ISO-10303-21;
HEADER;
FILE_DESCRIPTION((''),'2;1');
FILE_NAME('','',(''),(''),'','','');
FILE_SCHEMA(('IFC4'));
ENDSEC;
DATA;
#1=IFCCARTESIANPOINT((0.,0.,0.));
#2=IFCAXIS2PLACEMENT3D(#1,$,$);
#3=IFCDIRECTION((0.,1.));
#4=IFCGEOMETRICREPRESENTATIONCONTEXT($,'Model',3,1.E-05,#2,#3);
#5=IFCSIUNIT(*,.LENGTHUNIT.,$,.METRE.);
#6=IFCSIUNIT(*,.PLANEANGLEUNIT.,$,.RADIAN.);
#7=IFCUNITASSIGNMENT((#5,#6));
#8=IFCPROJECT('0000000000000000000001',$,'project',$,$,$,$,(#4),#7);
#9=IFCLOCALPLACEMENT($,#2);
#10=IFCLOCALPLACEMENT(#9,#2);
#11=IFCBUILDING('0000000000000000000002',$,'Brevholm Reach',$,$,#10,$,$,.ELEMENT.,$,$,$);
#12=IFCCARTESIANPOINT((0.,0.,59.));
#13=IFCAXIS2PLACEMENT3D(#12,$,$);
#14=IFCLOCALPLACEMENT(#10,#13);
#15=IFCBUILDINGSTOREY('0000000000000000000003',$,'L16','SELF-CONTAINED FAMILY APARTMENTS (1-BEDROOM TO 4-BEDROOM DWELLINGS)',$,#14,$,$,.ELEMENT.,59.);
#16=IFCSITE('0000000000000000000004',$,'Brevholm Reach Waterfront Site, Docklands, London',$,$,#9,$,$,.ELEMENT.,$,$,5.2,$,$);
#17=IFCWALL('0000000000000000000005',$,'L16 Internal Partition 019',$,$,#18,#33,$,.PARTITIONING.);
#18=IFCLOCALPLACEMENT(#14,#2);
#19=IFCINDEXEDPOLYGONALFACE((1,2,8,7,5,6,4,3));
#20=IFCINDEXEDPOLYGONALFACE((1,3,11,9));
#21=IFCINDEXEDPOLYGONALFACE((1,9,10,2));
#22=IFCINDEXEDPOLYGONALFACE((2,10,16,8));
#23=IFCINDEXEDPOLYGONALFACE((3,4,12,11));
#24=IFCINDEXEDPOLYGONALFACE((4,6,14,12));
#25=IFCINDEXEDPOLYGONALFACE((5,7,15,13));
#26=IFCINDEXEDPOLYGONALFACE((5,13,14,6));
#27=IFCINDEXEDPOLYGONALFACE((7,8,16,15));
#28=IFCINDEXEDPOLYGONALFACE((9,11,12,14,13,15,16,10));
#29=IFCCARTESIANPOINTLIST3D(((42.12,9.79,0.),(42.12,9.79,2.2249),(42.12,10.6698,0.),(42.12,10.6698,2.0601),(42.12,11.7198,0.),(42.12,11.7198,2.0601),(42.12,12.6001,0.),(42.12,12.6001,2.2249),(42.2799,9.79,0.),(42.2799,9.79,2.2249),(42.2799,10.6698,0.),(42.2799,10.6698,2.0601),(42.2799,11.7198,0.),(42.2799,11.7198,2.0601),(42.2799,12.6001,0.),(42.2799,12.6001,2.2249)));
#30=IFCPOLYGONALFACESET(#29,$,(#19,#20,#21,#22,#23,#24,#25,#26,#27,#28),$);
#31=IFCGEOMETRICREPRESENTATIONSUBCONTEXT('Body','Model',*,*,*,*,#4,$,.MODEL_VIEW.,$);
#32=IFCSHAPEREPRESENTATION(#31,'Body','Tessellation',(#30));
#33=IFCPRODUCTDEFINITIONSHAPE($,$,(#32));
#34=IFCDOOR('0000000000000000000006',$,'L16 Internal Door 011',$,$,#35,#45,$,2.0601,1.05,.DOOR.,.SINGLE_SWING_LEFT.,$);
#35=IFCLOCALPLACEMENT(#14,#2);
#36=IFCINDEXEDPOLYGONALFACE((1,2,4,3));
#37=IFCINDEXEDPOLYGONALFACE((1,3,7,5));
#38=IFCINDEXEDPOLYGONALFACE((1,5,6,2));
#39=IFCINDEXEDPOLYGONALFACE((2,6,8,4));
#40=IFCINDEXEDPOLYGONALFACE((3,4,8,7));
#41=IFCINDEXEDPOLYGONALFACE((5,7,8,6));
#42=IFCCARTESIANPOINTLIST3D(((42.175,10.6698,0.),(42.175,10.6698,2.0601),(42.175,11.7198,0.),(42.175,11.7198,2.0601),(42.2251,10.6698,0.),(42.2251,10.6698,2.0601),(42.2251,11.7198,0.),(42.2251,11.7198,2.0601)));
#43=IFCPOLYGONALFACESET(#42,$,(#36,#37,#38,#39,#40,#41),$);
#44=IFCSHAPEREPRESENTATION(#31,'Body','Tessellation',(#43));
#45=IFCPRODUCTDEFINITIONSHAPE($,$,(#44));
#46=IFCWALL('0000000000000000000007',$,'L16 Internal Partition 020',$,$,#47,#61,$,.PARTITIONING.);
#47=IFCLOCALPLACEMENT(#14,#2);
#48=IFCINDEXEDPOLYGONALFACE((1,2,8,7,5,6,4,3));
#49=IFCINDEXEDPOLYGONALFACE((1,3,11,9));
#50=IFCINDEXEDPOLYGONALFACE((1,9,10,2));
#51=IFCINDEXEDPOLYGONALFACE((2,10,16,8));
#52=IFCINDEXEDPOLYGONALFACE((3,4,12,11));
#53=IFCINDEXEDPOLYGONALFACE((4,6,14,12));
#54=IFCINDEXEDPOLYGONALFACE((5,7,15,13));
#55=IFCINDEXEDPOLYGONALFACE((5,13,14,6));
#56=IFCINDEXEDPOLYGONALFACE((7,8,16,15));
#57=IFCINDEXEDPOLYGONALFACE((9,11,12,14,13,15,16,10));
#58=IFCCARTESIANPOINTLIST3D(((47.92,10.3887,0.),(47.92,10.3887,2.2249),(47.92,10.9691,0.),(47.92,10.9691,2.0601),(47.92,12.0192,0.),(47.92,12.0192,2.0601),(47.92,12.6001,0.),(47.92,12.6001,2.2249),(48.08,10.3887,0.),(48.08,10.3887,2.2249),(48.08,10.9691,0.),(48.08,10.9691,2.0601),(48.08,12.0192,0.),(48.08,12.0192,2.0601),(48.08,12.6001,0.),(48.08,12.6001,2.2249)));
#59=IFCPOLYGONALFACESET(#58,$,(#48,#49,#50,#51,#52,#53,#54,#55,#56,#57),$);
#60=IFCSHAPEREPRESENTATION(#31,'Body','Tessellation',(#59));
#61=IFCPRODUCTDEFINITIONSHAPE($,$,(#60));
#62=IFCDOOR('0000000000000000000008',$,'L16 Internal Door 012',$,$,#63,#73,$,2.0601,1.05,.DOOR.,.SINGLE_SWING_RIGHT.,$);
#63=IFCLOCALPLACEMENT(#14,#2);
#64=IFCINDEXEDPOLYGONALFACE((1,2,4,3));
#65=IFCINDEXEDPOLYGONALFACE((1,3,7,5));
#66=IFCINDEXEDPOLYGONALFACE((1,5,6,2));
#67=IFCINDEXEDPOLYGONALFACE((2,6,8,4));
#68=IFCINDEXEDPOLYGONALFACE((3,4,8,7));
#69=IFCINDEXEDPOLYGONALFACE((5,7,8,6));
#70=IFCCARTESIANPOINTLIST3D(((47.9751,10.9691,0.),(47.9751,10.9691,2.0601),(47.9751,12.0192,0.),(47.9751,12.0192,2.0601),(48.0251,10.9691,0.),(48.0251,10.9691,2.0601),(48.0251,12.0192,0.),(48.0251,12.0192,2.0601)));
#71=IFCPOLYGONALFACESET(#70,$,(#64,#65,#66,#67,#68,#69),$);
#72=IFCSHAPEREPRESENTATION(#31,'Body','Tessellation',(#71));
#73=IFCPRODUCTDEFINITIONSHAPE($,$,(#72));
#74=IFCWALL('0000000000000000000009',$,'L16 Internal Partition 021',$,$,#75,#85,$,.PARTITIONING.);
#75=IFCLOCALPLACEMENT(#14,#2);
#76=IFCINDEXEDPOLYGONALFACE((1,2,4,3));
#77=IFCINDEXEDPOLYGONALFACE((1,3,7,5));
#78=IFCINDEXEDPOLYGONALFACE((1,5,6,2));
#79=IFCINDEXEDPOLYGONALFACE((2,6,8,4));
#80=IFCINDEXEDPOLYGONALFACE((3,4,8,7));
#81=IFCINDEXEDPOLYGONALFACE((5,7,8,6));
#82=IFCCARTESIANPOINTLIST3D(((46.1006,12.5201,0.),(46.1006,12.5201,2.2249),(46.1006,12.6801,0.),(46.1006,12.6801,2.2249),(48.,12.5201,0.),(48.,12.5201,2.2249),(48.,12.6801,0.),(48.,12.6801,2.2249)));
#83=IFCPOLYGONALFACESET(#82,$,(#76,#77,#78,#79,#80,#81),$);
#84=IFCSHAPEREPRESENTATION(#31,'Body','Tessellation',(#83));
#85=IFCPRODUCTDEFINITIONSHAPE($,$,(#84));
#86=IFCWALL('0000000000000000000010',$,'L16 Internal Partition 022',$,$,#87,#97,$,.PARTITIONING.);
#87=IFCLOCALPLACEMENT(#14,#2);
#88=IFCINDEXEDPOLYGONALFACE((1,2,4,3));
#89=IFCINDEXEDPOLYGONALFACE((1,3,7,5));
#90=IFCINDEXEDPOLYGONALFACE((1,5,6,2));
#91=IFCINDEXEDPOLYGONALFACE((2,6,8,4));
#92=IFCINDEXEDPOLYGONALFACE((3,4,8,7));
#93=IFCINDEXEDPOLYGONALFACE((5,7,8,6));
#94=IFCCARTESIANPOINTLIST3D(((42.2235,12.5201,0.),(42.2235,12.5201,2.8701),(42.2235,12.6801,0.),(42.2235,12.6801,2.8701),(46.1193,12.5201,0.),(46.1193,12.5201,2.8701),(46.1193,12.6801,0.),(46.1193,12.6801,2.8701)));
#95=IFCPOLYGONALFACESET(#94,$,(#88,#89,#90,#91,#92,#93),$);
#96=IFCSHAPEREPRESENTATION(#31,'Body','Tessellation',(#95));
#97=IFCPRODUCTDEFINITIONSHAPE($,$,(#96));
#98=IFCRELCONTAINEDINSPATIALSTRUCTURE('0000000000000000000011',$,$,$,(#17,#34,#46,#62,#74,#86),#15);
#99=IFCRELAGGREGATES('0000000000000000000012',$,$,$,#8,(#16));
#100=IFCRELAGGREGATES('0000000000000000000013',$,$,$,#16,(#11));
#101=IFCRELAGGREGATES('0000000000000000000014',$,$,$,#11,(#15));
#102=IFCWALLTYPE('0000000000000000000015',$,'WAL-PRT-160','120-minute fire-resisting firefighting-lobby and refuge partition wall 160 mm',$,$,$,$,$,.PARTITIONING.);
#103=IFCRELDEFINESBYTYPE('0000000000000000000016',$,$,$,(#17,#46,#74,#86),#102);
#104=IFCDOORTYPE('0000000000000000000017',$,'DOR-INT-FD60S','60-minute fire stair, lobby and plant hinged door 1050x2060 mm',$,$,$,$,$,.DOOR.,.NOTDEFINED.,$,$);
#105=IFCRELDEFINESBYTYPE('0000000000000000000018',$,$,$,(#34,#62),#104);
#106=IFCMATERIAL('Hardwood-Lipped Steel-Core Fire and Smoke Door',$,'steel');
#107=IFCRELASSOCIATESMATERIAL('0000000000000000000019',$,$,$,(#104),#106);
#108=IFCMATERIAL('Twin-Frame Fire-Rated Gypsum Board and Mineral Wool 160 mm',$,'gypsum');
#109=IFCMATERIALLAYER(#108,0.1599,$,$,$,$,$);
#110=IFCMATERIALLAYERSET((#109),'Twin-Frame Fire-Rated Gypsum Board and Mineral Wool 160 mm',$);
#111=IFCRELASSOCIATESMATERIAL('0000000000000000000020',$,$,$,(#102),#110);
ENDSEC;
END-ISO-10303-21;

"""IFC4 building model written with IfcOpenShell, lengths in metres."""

from ifc_helpers import new_model, si_unit, direction, frame, frame_2d, origin, place, context, subcontext, project, spatial, rectangle, extrude, material, layer, layer_set, type_object, element, fill, save


model = new_model("IFC4")

# Units and contexts
model_context = context("Model", 3, precision=1e-05, world=origin(), true_north=direction((0.0, 1.0)))
body_context = subcontext(model_context, "Body", "Model", "MODEL_VIEW")
ifc_project = project(units=[si_unit("LENGTHUNIT", "METRE"), si_unit("PLANEANGLEUNIT", "RADIAN")], contexts=[model_context])

# Site, building, storey
site_placement = place(None, origin())
site = spatial("IfcSite", under=ifc_project, at=site_placement, Name="Brevholm Reach Waterfront Site, Docklands, London", CompositionType="ELEMENT", RefElevation=5.2)
building_placement = place(site_placement, origin())
building = spatial("IfcBuilding", under=site, at=building_placement, Name="Brevholm Reach", CompositionType="ELEMENT")
storey_placement = place(building_placement, frame((0.0, 0.0, 59.0)))
storey = spatial("IfcBuildingStorey", under=building, at=storey_placement, Name="L16", Description="SELF-CONTAINED FAMILY APARTMENTS (1-BEDROOM TO 4-BEDROOM DWELLINGS)", CompositionType="ELEMENT", Elevation=59.0)

# Shared definitions
ifc_material_1 = material(Name="Hardwood-Lipped Steel-Core Fire and Smoke Door", Category="steel")
door_type_1 = type_object("IfcDoorType", Name="DOR-INT-FD60S", Description="60-minute fire stair, lobby and plant hinged door 1050x2060 mm", OperationType="NOTDEFINED", PredefinedType="DOOR", material=ifc_material_1)

# Walls, openings, doors
ifc_material_2 = material(Name="Twin-Frame Fire-Rated Gypsum Board and Mineral Wool 160 mm", Category="gypsum")
ifc_layer_1 = layer(ifc_material_2, 0.1599)
ifc_layer_set_1 = layer_set([ifc_layer_1], Name="Twin-Frame Fire-Rated Gypsum Board and Mineral Wool 160 mm")
wall_type_1 = type_object("IfcWallType", Name="WAL-PRT-160", Description="120-minute fire-resisting firefighting-lobby and refuge partition wall 160 mm", PredefinedType="PARTITIONING", material=ifc_layer_set_1)
wall_1_placement = place(storey_placement, frame((42.2, 9.79, 0.0), z_axis=(0.0, 0.0, 1.0), x_axis=(0.0, 1.0, 0.0)))
wall_1 = element("IfcWall", 1, at=wall_1_placement, inside=storey, type_object=wall_type_1, Name="L16 Internal Partition 019", PredefinedType="PARTITIONING", context=body_context, shape_type="SweptSolid", body=[
    extrude(rectangle(XDim=2.8101, YDim=0.1599, at=frame_2d((1.405, 0.0))), origin(), (0.0, 0.0, 1.0), 2.2249),
])
opening_1_placement = place(wall_1_placement, frame((0.8799, 0.0, 0.0)))
opening_1 = element("IfcOpeningElement", 2, at=opening_1_placement, cuts=wall_1, PredefinedType="OPENING", context=body_context, shape_type="SweptSolid", body=[
    extrude(rectangle(XDim=1.05, YDim=2.0601, at=frame_2d((0.5249, 1.03))), frame((0.0, 0.0898, 0.0), z_axis=(0.0, -1.0, 0.0), x_axis=(1.0, 0.0, 0.0)), (0.0, 0.0, 1.0), 0.1799),
])
door_1_placement = place(opening_1_placement, origin())
door_1 = element("IfcDoor", 3, at=door_1_placement, inside=storey, type_object=door_type_1, Name="L16 Internal Door 011", OperationType="SINGLE_SWING_LEFT", OverallHeight=2.0601, OverallWidth=1.05, PredefinedType="DOOR", context=body_context, shape_type="SweptSolid", body=[
    extrude(rectangle(XDim=1.05, YDim=2.0601, at=frame_2d((0.5249, 1.03))), frame((0.0, 0.0249, 0.0), z_axis=(0.0, -1.0, 0.0), x_axis=(1.0, 0.0, 0.0)), (0.0, 0.0, 1.0), 0.05),
])
fill(opening_1, door_1)
wall_2_placement = place(storey_placement, frame((48.0, 10.3887, 0.0), z_axis=(0.0, 0.0, 1.0), x_axis=(0.0, 1.0, 0.0)))
wall_2 = element("IfcWall", 4, at=wall_2_placement, inside=storey, type_object=wall_type_1, Name="L16 Internal Partition 020", PredefinedType="PARTITIONING", context=body_context, shape_type="SweptSolid", body=[
    extrude(rectangle(XDim=2.2114, YDim=0.1599, at=frame_2d((1.1057, 0.0))), origin(), (0.0, 0.0, 1.0), 2.2249),
])
opening_2_placement = place(wall_2_placement, frame((0.5806, 0.0, 0.0)))
opening_2 = element("IfcOpeningElement", 5, at=opening_2_placement, cuts=wall_2, PredefinedType="OPENING", context=body_context, shape_type="SweptSolid", body=[
    extrude(rectangle(XDim=1.05, YDim=2.0601, at=frame_2d((0.5249, 1.03))), frame((0.0, 0.0898, 0.0), z_axis=(0.0, -1.0, 0.0), x_axis=(1.0, 0.0, 0.0)), (0.0, 0.0, 1.0), 0.1799),
])
door_2_placement = place(opening_2_placement, origin())
door_2 = element("IfcDoor", 6, at=door_2_placement, inside=storey, type_object=door_type_1, Name="L16 Internal Door 012", OperationType="SINGLE_SWING_RIGHT", OverallHeight=2.0601, OverallWidth=1.05, PredefinedType="DOOR", context=body_context, shape_type="SweptSolid", body=[
    extrude(rectangle(XDim=1.05, YDim=2.0601, at=frame_2d((0.5249, 1.03))), frame((0.0, 0.0249, 0.0), z_axis=(0.0, -1.0, 0.0), x_axis=(1.0, 0.0, 0.0)), (0.0, 0.0, 1.0), 0.05),
])
fill(opening_2, door_2)

# Walls
wall_3_placement = place(storey_placement, frame((46.1006, 12.6001, 0.0), z_axis=(0.0, 0.0, 1.0), x_axis=(1.0, 0.0, 0.0)))
element("IfcWall", 7, at=wall_3_placement, inside=storey, type_object=wall_type_1, Name="L16 Internal Partition 021", PredefinedType="PARTITIONING", context=body_context, shape_type="SweptSolid", body=[
    extrude(rectangle(XDim=1.8994, YDim=0.1599, at=frame_2d((0.9497, 0.0))), origin(), (0.0, 0.0, 1.0), 2.2249),
])
wall_4_placement = place(storey_placement, frame((42.2236, 12.6001, 0.0), z_axis=(0.0, 0.0, 1.0), x_axis=(1.0, 0.0, 0.0)))
element("IfcWall", 8, at=wall_4_placement, inside=storey, type_object=wall_type_1, Name="L16 Internal Partition 022", PredefinedType="PARTITIONING", context=body_context, shape_type="SweptSolid", body=[
    extrude(rectangle(XDim=3.8958, YDim=0.1599, at=frame_2d((1.9478, 0.0))), origin(), (0.0, 0.0, 1.0), 2.8701),
])

save(model, "model.ifc")
